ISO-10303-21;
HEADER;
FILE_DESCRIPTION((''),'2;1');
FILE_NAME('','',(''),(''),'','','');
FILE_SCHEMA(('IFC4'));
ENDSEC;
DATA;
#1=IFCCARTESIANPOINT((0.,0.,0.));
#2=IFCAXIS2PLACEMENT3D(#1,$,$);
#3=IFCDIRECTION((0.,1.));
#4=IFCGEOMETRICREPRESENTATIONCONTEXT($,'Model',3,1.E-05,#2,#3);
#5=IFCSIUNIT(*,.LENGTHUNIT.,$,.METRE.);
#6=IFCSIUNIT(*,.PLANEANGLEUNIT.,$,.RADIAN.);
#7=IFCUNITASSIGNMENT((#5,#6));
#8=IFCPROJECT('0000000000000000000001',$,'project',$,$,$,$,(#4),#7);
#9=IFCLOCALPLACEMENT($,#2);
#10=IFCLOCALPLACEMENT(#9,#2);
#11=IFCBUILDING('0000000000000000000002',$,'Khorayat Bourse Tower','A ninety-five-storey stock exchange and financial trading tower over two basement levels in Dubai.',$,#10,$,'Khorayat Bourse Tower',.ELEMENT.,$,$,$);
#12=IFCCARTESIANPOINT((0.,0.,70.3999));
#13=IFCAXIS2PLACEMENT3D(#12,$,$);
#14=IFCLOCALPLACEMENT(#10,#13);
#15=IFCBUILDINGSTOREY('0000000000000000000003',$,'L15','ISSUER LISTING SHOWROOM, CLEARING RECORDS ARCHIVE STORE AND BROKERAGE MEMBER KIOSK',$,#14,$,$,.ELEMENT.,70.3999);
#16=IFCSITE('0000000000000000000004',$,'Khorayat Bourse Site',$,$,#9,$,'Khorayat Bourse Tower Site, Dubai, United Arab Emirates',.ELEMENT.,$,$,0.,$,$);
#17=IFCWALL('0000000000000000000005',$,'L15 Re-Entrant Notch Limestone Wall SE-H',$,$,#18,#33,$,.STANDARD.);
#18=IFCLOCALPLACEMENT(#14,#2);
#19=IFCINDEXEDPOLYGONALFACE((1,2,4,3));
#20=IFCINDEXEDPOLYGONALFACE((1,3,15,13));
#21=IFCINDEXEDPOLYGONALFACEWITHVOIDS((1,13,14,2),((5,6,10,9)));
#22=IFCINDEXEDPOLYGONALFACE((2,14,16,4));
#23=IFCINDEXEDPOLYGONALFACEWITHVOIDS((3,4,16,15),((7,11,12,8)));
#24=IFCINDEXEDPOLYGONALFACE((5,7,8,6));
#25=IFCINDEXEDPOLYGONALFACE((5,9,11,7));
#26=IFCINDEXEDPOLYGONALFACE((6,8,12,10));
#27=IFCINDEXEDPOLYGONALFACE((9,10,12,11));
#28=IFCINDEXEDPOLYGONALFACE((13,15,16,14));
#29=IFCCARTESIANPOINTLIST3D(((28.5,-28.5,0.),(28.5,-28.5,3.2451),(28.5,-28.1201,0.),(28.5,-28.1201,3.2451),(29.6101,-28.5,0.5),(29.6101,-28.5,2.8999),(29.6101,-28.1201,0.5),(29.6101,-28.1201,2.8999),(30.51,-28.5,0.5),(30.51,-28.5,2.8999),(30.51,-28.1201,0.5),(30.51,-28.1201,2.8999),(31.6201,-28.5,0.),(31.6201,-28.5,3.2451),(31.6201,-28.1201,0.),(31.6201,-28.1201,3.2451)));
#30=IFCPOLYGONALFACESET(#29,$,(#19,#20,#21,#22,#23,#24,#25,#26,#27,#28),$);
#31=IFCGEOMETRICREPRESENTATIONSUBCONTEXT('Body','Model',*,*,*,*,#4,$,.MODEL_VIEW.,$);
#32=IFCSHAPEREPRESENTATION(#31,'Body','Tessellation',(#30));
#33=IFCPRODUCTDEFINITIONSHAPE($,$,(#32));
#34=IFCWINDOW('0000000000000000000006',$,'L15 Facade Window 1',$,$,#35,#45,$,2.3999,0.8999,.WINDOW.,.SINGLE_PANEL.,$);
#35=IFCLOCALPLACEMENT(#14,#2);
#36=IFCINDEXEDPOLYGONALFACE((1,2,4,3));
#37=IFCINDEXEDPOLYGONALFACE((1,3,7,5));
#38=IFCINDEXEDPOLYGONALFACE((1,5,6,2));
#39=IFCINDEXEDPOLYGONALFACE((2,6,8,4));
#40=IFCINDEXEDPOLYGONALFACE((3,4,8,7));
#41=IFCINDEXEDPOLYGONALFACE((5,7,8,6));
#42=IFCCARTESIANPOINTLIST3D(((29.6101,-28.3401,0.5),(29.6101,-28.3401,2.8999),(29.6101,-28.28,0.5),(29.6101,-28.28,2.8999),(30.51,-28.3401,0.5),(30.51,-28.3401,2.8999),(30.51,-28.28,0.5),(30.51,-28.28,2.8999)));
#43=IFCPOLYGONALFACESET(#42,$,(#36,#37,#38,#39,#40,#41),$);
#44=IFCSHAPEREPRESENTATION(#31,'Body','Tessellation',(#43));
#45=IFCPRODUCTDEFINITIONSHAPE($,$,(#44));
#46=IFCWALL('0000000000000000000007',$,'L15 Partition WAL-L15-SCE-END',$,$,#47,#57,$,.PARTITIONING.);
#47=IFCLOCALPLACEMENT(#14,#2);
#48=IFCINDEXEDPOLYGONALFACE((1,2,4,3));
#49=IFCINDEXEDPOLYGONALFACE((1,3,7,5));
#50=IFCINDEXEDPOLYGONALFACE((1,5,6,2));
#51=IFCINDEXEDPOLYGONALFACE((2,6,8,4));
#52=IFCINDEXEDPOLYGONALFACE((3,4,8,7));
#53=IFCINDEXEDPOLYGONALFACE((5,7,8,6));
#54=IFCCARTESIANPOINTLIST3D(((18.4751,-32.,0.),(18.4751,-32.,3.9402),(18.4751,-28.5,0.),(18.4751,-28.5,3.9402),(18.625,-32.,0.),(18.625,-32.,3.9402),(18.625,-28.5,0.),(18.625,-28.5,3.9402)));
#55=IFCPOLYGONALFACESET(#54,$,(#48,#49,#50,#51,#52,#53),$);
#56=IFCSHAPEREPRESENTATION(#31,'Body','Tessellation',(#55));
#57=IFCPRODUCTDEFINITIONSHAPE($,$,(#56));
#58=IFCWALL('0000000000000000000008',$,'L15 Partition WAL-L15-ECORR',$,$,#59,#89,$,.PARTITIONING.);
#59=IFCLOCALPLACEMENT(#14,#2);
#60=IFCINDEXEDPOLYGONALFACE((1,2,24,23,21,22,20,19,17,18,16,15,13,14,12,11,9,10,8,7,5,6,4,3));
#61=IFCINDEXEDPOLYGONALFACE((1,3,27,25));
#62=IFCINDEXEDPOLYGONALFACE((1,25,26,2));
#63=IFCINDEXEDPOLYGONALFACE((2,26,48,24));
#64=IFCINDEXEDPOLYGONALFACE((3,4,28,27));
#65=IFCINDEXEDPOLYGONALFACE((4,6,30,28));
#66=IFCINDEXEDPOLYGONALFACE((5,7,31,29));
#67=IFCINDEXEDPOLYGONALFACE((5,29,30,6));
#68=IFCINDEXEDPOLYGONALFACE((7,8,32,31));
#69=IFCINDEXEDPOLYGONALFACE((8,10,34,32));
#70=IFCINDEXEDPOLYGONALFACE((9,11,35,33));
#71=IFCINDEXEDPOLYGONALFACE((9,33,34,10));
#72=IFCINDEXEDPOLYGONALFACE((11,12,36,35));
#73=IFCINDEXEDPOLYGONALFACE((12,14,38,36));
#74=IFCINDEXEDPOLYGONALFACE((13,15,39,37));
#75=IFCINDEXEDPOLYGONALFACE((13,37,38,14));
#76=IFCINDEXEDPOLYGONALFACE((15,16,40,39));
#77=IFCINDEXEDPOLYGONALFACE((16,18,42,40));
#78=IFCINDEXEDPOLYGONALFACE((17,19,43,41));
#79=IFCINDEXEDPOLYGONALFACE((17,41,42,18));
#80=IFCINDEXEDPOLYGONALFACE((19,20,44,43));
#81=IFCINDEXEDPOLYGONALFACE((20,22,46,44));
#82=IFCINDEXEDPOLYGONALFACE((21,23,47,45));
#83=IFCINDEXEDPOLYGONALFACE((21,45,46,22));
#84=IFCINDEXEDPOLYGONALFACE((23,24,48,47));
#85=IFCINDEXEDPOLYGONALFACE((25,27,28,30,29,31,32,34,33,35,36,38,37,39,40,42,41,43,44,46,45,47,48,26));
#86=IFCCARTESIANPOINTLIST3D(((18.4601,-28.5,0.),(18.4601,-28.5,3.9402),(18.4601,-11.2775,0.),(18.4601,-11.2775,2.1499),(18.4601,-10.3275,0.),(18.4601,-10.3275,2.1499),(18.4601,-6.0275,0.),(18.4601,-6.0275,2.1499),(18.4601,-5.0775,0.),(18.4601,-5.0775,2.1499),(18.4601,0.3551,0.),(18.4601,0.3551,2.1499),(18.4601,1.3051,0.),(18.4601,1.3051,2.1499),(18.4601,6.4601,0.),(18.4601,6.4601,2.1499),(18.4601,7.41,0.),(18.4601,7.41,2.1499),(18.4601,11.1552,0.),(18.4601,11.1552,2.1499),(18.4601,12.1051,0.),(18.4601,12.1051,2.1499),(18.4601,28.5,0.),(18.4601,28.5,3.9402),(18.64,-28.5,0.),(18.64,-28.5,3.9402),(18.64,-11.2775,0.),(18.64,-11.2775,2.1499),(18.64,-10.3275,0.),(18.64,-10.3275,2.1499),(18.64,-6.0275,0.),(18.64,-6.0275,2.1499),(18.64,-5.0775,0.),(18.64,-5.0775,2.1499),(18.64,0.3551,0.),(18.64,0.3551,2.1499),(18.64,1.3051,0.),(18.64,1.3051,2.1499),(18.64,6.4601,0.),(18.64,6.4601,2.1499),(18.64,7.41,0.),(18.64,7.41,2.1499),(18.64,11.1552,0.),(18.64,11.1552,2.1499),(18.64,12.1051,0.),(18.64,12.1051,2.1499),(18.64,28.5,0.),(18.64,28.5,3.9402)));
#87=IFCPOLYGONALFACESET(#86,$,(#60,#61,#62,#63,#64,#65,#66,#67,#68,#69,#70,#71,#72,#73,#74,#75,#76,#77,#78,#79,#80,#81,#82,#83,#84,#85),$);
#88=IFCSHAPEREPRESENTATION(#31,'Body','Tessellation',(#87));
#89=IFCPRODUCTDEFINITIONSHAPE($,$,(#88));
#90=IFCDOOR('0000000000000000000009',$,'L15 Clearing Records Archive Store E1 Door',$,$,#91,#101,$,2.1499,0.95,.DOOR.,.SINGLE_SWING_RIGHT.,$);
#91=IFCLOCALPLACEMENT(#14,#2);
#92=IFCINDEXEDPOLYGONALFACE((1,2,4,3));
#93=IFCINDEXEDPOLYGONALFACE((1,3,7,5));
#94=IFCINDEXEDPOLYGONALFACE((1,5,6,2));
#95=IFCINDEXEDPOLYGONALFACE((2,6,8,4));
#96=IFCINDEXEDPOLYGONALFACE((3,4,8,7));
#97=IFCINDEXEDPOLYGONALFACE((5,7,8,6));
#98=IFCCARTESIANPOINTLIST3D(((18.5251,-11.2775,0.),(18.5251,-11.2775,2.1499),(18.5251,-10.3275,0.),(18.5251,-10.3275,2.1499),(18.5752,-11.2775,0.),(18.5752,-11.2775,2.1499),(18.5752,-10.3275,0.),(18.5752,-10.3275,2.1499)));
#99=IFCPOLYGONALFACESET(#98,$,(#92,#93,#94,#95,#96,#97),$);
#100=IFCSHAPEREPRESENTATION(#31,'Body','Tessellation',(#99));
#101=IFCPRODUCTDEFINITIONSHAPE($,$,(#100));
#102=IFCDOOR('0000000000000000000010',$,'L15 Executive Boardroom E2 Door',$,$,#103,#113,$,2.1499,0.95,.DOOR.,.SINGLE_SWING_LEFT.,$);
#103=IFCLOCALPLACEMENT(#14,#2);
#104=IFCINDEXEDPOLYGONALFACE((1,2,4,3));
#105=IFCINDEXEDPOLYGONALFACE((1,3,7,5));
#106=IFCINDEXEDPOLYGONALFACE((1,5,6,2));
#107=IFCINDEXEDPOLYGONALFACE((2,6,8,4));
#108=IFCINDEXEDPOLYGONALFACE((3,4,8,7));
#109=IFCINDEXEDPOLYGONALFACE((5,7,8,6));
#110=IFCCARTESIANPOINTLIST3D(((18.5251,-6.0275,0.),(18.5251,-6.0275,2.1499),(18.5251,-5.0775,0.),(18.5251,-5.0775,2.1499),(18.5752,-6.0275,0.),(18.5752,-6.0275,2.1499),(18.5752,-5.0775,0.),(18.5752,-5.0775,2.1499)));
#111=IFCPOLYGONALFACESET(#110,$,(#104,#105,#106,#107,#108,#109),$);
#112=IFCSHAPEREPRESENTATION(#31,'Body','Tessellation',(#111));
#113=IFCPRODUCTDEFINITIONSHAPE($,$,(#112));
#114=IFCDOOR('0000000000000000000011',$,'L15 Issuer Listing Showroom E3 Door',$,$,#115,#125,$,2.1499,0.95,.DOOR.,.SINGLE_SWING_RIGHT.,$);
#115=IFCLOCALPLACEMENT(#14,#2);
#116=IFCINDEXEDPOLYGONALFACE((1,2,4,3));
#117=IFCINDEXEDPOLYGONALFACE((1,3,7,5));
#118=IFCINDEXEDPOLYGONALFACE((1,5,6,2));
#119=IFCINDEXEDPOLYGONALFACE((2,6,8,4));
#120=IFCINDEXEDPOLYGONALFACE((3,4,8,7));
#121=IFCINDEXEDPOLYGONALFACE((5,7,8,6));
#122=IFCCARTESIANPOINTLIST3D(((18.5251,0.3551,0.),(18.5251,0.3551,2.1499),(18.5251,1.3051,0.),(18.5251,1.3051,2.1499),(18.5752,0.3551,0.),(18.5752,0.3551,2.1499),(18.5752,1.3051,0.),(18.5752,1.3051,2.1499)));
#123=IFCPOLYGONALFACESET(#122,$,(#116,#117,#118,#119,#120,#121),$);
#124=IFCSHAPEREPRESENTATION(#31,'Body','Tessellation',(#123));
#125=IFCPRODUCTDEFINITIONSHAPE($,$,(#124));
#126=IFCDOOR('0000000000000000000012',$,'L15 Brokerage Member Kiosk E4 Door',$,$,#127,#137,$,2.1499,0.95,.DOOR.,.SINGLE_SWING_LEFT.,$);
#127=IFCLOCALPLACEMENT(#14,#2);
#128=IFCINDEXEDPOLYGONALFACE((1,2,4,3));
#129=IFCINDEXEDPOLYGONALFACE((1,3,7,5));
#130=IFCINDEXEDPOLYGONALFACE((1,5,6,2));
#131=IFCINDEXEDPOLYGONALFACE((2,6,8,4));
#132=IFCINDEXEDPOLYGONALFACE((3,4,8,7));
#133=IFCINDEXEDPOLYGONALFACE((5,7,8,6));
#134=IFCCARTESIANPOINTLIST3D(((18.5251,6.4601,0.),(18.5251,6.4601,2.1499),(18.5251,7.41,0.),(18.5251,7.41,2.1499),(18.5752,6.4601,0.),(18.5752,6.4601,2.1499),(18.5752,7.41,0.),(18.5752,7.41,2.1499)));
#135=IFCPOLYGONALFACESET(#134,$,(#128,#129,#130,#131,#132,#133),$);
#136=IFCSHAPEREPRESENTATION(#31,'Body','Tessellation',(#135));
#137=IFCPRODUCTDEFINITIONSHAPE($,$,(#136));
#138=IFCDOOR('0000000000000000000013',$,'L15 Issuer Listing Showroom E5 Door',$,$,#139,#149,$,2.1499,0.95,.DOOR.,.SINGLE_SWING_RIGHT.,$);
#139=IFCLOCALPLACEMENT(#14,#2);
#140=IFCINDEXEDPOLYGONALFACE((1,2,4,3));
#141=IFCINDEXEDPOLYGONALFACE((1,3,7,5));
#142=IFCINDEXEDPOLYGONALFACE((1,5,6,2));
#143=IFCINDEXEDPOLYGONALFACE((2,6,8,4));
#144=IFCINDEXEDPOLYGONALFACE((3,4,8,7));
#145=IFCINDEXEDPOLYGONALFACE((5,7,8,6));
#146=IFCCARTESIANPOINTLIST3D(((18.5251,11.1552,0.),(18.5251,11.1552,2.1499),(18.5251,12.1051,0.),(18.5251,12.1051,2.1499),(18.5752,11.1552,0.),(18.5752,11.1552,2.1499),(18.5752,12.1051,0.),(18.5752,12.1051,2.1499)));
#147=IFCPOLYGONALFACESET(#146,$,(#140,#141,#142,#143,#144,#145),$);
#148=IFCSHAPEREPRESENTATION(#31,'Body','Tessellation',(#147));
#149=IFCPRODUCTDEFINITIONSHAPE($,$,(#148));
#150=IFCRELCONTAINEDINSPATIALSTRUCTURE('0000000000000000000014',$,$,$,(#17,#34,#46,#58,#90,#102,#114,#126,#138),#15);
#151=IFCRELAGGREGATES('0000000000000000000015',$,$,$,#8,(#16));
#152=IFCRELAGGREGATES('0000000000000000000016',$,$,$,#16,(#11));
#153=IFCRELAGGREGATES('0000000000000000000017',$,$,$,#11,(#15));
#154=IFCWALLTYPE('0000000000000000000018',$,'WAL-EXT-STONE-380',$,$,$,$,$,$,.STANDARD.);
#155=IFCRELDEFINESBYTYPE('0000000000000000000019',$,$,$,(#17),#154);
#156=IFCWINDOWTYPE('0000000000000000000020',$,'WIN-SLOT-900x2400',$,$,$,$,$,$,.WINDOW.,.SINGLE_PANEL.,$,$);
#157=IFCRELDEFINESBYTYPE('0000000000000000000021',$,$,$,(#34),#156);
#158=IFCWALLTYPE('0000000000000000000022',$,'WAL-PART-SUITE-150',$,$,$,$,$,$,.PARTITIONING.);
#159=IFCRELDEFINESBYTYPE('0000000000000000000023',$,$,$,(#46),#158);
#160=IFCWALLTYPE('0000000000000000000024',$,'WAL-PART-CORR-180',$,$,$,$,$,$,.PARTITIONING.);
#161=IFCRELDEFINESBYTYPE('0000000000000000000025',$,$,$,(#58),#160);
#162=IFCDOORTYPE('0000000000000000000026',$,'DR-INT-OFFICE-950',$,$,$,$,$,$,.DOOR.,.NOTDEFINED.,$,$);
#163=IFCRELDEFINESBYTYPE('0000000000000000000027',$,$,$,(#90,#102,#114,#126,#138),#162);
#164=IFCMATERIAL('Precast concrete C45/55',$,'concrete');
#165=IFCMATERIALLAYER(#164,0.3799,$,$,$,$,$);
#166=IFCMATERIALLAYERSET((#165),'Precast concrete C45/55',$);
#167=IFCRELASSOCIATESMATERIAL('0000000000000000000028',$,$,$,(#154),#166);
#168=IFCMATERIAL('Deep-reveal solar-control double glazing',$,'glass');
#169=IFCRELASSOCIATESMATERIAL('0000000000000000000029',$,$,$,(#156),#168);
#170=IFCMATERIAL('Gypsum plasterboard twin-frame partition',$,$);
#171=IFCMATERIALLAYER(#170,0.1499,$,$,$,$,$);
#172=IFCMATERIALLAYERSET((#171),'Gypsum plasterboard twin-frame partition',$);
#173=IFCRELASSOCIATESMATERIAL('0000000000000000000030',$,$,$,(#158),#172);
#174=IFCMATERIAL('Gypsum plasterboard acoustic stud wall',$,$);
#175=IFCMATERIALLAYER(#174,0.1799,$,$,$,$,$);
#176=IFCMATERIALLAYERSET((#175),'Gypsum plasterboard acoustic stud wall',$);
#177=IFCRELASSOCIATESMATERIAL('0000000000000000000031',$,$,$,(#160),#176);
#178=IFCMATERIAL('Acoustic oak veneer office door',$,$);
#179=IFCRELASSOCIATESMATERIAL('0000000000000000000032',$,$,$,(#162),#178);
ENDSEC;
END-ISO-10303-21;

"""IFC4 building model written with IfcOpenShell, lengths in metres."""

from ifc_helpers import new_model, si_unit, direction, frame, frame_2d, origin, place, context, subcontext, project, spatial, rectangle, extrude, source, transform, mapped, material, layer, layer_set, type_object, element, fill, save


model = new_model("IFC4")

# Units and contexts
model_context = context("Model", 3, precision=1e-05, world=origin(), true_north=direction((0.0, 1.0)))
body_context = subcontext(model_context, "Body", "Model", "MODEL_VIEW")
ifc_project = project(units=[si_unit("LENGTHUNIT", "METRE"), si_unit("PLANEANGLEUNIT", "RADIAN")], contexts=[model_context])

# Site, building, storey
site_placement = place(None, origin())
site = spatial("IfcSite", under=ifc_project, at=site_placement, Name="Khorayat Bourse Site", LongName="Khorayat Bourse Tower Site, Dubai, United Arab Emirates", CompositionType="ELEMENT", RefElevation=0.0)
building_placement = place(site_placement, origin())
building = spatial("IfcBuilding", under=site, at=building_placement, Name="Khorayat Bourse Tower", Description="A ninety-five-storey stock exchange and financial trading tower over two basement levels in Dubai.", LongName="Khorayat Bourse Tower", CompositionType="ELEMENT")
storey_placement = place(building_placement, frame((0.0, 0.0, 70.3999)))
storey = spatial("IfcBuildingStorey", under=building, at=storey_placement, Name="L15", Description="ISSUER LISTING SHOWROOM, CLEARING RECORDS ARCHIVE STORE AND BROKERAGE MEMBER KIOSK", CompositionType="ELEMENT", Elevation=70.3999)

# Wall, opening, window
ifc_material_1 = material(Name="Precast concrete C45/55", Category="concrete")
ifc_layer_1 = layer(ifc_material_1, 0.3799)
ifc_layer_set_1 = layer_set([ifc_layer_1], Name="Precast concrete C45/55")
wall_type_1 = type_object("IfcWallType", Name="WAL-EXT-STONE-380", PredefinedType="STANDARD", material=ifc_layer_set_1)
shared_shape_1 = source(origin(), body_context, "Body", "SweptSolid", [
    extrude(rectangle(XDim=3.1201, YDim=0.3799, at=frame_2d((1.5601, 0.0))), origin(), (0.0, 0.0, 1.0), 3.2451),
])
shared_shape_2 = source(origin(), body_context, "Body", "SweptSolid", [
    extrude(rectangle(XDim=0.8999, YDim=2.3999, at=frame_2d((0.45, 1.2))), frame((0.0, 0.2, 0.0), z_axis=(0.0, -1.0, 0.0), x_axis=(1.0, 0.0, 0.0)), (0.0, 0.0, 1.0), 0.3999),
])
ifc_material_2 = material(Name="Deep-reveal solar-control double glazing", Category="glass")
window_type = type_object("IfcWindowType", Name="WIN-SLOT-900x2400", PartitioningType="SINGLE_PANEL", PredefinedType="WINDOW", material=ifc_material_2)
shared_shape_3 = source(origin(), body_context, "Body", "SweptSolid", [
    extrude(rectangle(XDim=0.8999, YDim=2.3999, at=frame_2d((0.45, 1.2))), frame((0.0, 0.03, 0.0), z_axis=(0.0, -1.0, 0.0), x_axis=(1.0, 0.0, 0.0)), (0.0, 0.0, 1.0), 0.0601),
])
wall_1_placement = place(storey_placement, frame((28.5, -28.3101, 0.0), z_axis=(0.0, 0.0, 1.0), x_axis=(1.0, 0.0, 0.0)))
wall_1 = element("IfcWall", 1, at=wall_1_placement, inside=storey, type_object=wall_type_1, Name="L15 Re-Entrant Notch Limestone Wall SE-H", PredefinedType="STANDARD", context=body_context, shape_type="MappedRepresentation", body=[
    mapped(shared_shape_1, transform((0.0, 0.0, 0.0), scale=1.0)),
])
opening_1_placement = place(wall_1_placement, frame((1.1101, 0.0, 0.5)))
opening_1 = element("IfcOpeningElement", 2, at=opening_1_placement, cuts=wall_1, PredefinedType="OPENING", context=body_context, shape_type="MappedRepresentation", body=[
    mapped(shared_shape_2, transform((0.0, 0.0, 0.0), scale=1.0)),
])
window_1_placement = place(opening_1_placement, origin())
window_1 = element("IfcWindow", 3, at=window_1_placement, inside=storey, type_object=window_type, Name="L15 Facade Window 1", OverallHeight=2.3999, OverallWidth=0.8999, PartitioningType="SINGLE_PANEL", PredefinedType="WINDOW", context=body_context, shape_type="MappedRepresentation", body=[
    mapped(shared_shape_3, transform((0.0, 0.0, 0.0), scale=1.0)),
])
fill(opening_1, window_1)

# Wall
ifc_material_3 = material(Name="Gypsum plasterboard twin-frame partition")
ifc_layer_2 = layer(ifc_material_3, 0.1499)
ifc_layer_set_2 = layer_set([ifc_layer_2], Name="Gypsum plasterboard twin-frame partition")
wall_type_2 = type_object("IfcWallType", Name="WAL-PART-SUITE-150", PredefinedType="PARTITIONING", material=ifc_layer_set_2)
shared_shape_4 = source(origin(), body_context, "Body", "SweptSolid", [
    extrude(rectangle(XDim=3.5, YDim=0.1499, at=frame_2d((1.75, 0.0))), origin(), (0.0, 0.0, 1.0), 3.9402),
])
wall_2_placement = place(storey_placement, frame((18.55, -32.0, 0.0), z_axis=(0.0, 0.0, 1.0), x_axis=(0.0, 1.0, 0.0)))
element("IfcWall", 4, at=wall_2_placement, inside=storey, type_object=wall_type_2, Name="L15 Partition WAL-L15-SCE-END", PredefinedType="PARTITIONING", context=body_context, shape_type="MappedRepresentation", body=[
    mapped(shared_shape_4, transform((0.0, 0.0, 0.0), scale=1.0)),
])

# Wall, openings, doors
ifc_material_4 = material(Name="Gypsum plasterboard acoustic stud wall")
ifc_layer_3 = layer(ifc_material_4, 0.1799)
ifc_layer_set_3 = layer_set([ifc_layer_3], Name="Gypsum plasterboard acoustic stud wall")
wall_type_3 = type_object("IfcWallType", Name="WAL-PART-CORR-180", PredefinedType="PARTITIONING", material=ifc_layer_set_3)
shared_shape_5 = source(origin(), body_context, "Body", "SweptSolid", [
    extrude(rectangle(XDim=57.0, YDim=0.1799, at=frame_2d((28.5, 0.0))), origin(), (0.0, 0.0, 1.0), 3.9402),
])
wall_3_placement = place(storey_placement, frame((18.55, -28.5, 0.0), z_axis=(0.0, 0.0, 1.0), x_axis=(0.0, 1.0, 0.0)))
wall_3 = element("IfcWall", 5, at=wall_3_placement, inside=storey, type_object=wall_type_3, Name="L15 Partition WAL-L15-ECORR", PredefinedType="PARTITIONING", context=body_context, shape_type="MappedRepresentation", body=[
    mapped(shared_shape_5, transform((0.0, 0.0, 0.0), scale=1.0)),
])
shared_shape_6 = source(origin(), body_context, "Body", "SweptSolid", [
    extrude(rectangle(XDim=0.95, YDim=2.1499, at=frame_2d((0.4751, 1.075))), frame((0.0, 0.0999, 0.0), z_axis=(0.0, -1.0, 0.0), x_axis=(1.0, 0.0, 0.0)), (0.0, 0.0, 1.0), 0.2),
])
opening_2_placement = place(wall_3_placement, frame((17.2224, 0.0, 0.0)))
opening_2 = element("IfcOpeningElement", 6, at=opening_2_placement, cuts=wall_3, PredefinedType="OPENING", context=body_context, shape_type="MappedRepresentation", body=[
    mapped(shared_shape_6, transform((0.0, 0.0, 0.0), scale=1.0)),
])
opening_3_placement = place(wall_3_placement, frame((22.4724, 0.0, 0.0)))
opening_3 = element("IfcOpeningElement", 7, at=opening_3_placement, cuts=wall_3, PredefinedType="OPENING", context=body_context, shape_type="MappedRepresentation", body=[
    mapped(shared_shape_6, transform((0.0, 0.0, 0.0), scale=1.0)),
])
opening_4_placement = place(wall_3_placement, frame((28.855, 0.0, 0.0)))
opening_4 = element("IfcOpeningElement", 8, at=opening_4_placement, cuts=wall_3, PredefinedType="OPENING", context=body_context, shape_type="MappedRepresentation", body=[
    mapped(shared_shape_6, transform((0.0, 0.0, 0.0), scale=1.0)),
])
opening_5_placement = place(wall_3_placement, frame((34.96, 0.0, 0.0)))
opening_5 = element("IfcOpeningElement", 9, at=opening_5_placement, cuts=wall_3, PredefinedType="OPENING", context=body_context, shape_type="MappedRepresentation", body=[
    mapped(shared_shape_6, transform((0.0, 0.0, 0.0), scale=1.0)),
])
opening_6_placement = place(wall_3_placement, frame((39.655, 0.0, 0.0)))
opening_6 = element("IfcOpeningElement", 10, at=opening_6_placement, cuts=wall_3, PredefinedType="OPENING", context=body_context, shape_type="MappedRepresentation", body=[
    mapped(shared_shape_6, transform((0.0, 0.0, 0.0), scale=1.0)),
])
ifc_material_5 = material(Name="Acoustic oak veneer office door")
door_type = type_object("IfcDoorType", Name="DR-INT-OFFICE-950", OperationType="NOTDEFINED", PredefinedType="DOOR", material=ifc_material_5)
shared_shape_7 = source(origin(), body_context, "Body", "SweptSolid", [
    extrude(rectangle(XDim=0.95, YDim=2.1499, at=frame_2d((0.4751, 1.075))), frame((0.0, 0.0249, 0.0), z_axis=(0.0, -1.0, 0.0), x_axis=(1.0, 0.0, 0.0)), (0.0, 0.0, 1.0), 0.05),
])
door_1_placement = place(opening_2_placement, origin())
door_1 = element("IfcDoor", 11, at=door_1_placement, inside=storey, type_object=door_type, Name="L15 Clearing Records Archive Store E1 Door", OperationType="SINGLE_SWING_RIGHT", OverallHeight=2.1499, OverallWidth=0.95, PredefinedType="DOOR", context=body_context, shape_type="MappedRepresentation", body=[
    mapped(shared_shape_7, transform((0.0, 0.0, 0.0), scale=1.0)),
])
fill(opening_2, door_1)
door_2_placement = place(opening_3_placement, origin())
door_2 = element("IfcDoor", 12, at=door_2_placement, inside=storey, type_object=door_type, Name="L15 Executive Boardroom E2 Door", OperationType="SINGLE_SWING_LEFT", OverallHeight=2.1499, OverallWidth=0.95, PredefinedType="DOOR", context=body_context, shape_type="MappedRepresentation", body=[
    mapped(shared_shape_7, transform((0.0, 0.0, 0.0), scale=1.0)),
])
fill(opening_3, door_2)
door_3_placement = place(opening_4_placement, origin())
door_3 = element("IfcDoor", 13, at=door_3_placement, inside=storey, type_object=door_type, Name="L15 Issuer Listing Showroom E3 Door", OperationType="SINGLE_SWING_RIGHT", OverallHeight=2.1499, OverallWidth=0.95, PredefinedType="DOOR", context=body_context, shape_type="MappedRepresentation", body=[
    mapped(shared_shape_7, transform((0.0, 0.0, 0.0), scale=1.0)),
])
fill(opening_4, door_3)
door_4_placement = place(opening_5_placement, origin())
door_4 = element("IfcDoor", 14, at=door_4_placement, inside=storey, type_object=door_type, Name="L15 Brokerage Member Kiosk E4 Door", OperationType="SINGLE_SWING_LEFT", OverallHeight=2.1499, OverallWidth=0.95, PredefinedType="DOOR", context=body_context, shape_type="MappedRepresentation", body=[
    mapped(shared_shape_7, transform((0.0, 0.0, 0.0), scale=1.0)),
])
fill(opening_5, door_4)
door_5_placement = place(opening_6_placement, origin())
door_5 = element("IfcDoor", 15, at=door_5_placement, inside=storey, type_object=door_type, Name="L15 Issuer Listing Showroom E5 Door", OperationType="SINGLE_SWING_RIGHT", OverallHeight=2.1499, OverallWidth=0.95, PredefinedType="DOOR", context=body_context, shape_type="MappedRepresentation", body=[
    mapped(shared_shape_7, transform((0.0, 0.0, 0.0), scale=1.0)),
])
fill(opening_6, door_5)

save(model, "model.ifc")
